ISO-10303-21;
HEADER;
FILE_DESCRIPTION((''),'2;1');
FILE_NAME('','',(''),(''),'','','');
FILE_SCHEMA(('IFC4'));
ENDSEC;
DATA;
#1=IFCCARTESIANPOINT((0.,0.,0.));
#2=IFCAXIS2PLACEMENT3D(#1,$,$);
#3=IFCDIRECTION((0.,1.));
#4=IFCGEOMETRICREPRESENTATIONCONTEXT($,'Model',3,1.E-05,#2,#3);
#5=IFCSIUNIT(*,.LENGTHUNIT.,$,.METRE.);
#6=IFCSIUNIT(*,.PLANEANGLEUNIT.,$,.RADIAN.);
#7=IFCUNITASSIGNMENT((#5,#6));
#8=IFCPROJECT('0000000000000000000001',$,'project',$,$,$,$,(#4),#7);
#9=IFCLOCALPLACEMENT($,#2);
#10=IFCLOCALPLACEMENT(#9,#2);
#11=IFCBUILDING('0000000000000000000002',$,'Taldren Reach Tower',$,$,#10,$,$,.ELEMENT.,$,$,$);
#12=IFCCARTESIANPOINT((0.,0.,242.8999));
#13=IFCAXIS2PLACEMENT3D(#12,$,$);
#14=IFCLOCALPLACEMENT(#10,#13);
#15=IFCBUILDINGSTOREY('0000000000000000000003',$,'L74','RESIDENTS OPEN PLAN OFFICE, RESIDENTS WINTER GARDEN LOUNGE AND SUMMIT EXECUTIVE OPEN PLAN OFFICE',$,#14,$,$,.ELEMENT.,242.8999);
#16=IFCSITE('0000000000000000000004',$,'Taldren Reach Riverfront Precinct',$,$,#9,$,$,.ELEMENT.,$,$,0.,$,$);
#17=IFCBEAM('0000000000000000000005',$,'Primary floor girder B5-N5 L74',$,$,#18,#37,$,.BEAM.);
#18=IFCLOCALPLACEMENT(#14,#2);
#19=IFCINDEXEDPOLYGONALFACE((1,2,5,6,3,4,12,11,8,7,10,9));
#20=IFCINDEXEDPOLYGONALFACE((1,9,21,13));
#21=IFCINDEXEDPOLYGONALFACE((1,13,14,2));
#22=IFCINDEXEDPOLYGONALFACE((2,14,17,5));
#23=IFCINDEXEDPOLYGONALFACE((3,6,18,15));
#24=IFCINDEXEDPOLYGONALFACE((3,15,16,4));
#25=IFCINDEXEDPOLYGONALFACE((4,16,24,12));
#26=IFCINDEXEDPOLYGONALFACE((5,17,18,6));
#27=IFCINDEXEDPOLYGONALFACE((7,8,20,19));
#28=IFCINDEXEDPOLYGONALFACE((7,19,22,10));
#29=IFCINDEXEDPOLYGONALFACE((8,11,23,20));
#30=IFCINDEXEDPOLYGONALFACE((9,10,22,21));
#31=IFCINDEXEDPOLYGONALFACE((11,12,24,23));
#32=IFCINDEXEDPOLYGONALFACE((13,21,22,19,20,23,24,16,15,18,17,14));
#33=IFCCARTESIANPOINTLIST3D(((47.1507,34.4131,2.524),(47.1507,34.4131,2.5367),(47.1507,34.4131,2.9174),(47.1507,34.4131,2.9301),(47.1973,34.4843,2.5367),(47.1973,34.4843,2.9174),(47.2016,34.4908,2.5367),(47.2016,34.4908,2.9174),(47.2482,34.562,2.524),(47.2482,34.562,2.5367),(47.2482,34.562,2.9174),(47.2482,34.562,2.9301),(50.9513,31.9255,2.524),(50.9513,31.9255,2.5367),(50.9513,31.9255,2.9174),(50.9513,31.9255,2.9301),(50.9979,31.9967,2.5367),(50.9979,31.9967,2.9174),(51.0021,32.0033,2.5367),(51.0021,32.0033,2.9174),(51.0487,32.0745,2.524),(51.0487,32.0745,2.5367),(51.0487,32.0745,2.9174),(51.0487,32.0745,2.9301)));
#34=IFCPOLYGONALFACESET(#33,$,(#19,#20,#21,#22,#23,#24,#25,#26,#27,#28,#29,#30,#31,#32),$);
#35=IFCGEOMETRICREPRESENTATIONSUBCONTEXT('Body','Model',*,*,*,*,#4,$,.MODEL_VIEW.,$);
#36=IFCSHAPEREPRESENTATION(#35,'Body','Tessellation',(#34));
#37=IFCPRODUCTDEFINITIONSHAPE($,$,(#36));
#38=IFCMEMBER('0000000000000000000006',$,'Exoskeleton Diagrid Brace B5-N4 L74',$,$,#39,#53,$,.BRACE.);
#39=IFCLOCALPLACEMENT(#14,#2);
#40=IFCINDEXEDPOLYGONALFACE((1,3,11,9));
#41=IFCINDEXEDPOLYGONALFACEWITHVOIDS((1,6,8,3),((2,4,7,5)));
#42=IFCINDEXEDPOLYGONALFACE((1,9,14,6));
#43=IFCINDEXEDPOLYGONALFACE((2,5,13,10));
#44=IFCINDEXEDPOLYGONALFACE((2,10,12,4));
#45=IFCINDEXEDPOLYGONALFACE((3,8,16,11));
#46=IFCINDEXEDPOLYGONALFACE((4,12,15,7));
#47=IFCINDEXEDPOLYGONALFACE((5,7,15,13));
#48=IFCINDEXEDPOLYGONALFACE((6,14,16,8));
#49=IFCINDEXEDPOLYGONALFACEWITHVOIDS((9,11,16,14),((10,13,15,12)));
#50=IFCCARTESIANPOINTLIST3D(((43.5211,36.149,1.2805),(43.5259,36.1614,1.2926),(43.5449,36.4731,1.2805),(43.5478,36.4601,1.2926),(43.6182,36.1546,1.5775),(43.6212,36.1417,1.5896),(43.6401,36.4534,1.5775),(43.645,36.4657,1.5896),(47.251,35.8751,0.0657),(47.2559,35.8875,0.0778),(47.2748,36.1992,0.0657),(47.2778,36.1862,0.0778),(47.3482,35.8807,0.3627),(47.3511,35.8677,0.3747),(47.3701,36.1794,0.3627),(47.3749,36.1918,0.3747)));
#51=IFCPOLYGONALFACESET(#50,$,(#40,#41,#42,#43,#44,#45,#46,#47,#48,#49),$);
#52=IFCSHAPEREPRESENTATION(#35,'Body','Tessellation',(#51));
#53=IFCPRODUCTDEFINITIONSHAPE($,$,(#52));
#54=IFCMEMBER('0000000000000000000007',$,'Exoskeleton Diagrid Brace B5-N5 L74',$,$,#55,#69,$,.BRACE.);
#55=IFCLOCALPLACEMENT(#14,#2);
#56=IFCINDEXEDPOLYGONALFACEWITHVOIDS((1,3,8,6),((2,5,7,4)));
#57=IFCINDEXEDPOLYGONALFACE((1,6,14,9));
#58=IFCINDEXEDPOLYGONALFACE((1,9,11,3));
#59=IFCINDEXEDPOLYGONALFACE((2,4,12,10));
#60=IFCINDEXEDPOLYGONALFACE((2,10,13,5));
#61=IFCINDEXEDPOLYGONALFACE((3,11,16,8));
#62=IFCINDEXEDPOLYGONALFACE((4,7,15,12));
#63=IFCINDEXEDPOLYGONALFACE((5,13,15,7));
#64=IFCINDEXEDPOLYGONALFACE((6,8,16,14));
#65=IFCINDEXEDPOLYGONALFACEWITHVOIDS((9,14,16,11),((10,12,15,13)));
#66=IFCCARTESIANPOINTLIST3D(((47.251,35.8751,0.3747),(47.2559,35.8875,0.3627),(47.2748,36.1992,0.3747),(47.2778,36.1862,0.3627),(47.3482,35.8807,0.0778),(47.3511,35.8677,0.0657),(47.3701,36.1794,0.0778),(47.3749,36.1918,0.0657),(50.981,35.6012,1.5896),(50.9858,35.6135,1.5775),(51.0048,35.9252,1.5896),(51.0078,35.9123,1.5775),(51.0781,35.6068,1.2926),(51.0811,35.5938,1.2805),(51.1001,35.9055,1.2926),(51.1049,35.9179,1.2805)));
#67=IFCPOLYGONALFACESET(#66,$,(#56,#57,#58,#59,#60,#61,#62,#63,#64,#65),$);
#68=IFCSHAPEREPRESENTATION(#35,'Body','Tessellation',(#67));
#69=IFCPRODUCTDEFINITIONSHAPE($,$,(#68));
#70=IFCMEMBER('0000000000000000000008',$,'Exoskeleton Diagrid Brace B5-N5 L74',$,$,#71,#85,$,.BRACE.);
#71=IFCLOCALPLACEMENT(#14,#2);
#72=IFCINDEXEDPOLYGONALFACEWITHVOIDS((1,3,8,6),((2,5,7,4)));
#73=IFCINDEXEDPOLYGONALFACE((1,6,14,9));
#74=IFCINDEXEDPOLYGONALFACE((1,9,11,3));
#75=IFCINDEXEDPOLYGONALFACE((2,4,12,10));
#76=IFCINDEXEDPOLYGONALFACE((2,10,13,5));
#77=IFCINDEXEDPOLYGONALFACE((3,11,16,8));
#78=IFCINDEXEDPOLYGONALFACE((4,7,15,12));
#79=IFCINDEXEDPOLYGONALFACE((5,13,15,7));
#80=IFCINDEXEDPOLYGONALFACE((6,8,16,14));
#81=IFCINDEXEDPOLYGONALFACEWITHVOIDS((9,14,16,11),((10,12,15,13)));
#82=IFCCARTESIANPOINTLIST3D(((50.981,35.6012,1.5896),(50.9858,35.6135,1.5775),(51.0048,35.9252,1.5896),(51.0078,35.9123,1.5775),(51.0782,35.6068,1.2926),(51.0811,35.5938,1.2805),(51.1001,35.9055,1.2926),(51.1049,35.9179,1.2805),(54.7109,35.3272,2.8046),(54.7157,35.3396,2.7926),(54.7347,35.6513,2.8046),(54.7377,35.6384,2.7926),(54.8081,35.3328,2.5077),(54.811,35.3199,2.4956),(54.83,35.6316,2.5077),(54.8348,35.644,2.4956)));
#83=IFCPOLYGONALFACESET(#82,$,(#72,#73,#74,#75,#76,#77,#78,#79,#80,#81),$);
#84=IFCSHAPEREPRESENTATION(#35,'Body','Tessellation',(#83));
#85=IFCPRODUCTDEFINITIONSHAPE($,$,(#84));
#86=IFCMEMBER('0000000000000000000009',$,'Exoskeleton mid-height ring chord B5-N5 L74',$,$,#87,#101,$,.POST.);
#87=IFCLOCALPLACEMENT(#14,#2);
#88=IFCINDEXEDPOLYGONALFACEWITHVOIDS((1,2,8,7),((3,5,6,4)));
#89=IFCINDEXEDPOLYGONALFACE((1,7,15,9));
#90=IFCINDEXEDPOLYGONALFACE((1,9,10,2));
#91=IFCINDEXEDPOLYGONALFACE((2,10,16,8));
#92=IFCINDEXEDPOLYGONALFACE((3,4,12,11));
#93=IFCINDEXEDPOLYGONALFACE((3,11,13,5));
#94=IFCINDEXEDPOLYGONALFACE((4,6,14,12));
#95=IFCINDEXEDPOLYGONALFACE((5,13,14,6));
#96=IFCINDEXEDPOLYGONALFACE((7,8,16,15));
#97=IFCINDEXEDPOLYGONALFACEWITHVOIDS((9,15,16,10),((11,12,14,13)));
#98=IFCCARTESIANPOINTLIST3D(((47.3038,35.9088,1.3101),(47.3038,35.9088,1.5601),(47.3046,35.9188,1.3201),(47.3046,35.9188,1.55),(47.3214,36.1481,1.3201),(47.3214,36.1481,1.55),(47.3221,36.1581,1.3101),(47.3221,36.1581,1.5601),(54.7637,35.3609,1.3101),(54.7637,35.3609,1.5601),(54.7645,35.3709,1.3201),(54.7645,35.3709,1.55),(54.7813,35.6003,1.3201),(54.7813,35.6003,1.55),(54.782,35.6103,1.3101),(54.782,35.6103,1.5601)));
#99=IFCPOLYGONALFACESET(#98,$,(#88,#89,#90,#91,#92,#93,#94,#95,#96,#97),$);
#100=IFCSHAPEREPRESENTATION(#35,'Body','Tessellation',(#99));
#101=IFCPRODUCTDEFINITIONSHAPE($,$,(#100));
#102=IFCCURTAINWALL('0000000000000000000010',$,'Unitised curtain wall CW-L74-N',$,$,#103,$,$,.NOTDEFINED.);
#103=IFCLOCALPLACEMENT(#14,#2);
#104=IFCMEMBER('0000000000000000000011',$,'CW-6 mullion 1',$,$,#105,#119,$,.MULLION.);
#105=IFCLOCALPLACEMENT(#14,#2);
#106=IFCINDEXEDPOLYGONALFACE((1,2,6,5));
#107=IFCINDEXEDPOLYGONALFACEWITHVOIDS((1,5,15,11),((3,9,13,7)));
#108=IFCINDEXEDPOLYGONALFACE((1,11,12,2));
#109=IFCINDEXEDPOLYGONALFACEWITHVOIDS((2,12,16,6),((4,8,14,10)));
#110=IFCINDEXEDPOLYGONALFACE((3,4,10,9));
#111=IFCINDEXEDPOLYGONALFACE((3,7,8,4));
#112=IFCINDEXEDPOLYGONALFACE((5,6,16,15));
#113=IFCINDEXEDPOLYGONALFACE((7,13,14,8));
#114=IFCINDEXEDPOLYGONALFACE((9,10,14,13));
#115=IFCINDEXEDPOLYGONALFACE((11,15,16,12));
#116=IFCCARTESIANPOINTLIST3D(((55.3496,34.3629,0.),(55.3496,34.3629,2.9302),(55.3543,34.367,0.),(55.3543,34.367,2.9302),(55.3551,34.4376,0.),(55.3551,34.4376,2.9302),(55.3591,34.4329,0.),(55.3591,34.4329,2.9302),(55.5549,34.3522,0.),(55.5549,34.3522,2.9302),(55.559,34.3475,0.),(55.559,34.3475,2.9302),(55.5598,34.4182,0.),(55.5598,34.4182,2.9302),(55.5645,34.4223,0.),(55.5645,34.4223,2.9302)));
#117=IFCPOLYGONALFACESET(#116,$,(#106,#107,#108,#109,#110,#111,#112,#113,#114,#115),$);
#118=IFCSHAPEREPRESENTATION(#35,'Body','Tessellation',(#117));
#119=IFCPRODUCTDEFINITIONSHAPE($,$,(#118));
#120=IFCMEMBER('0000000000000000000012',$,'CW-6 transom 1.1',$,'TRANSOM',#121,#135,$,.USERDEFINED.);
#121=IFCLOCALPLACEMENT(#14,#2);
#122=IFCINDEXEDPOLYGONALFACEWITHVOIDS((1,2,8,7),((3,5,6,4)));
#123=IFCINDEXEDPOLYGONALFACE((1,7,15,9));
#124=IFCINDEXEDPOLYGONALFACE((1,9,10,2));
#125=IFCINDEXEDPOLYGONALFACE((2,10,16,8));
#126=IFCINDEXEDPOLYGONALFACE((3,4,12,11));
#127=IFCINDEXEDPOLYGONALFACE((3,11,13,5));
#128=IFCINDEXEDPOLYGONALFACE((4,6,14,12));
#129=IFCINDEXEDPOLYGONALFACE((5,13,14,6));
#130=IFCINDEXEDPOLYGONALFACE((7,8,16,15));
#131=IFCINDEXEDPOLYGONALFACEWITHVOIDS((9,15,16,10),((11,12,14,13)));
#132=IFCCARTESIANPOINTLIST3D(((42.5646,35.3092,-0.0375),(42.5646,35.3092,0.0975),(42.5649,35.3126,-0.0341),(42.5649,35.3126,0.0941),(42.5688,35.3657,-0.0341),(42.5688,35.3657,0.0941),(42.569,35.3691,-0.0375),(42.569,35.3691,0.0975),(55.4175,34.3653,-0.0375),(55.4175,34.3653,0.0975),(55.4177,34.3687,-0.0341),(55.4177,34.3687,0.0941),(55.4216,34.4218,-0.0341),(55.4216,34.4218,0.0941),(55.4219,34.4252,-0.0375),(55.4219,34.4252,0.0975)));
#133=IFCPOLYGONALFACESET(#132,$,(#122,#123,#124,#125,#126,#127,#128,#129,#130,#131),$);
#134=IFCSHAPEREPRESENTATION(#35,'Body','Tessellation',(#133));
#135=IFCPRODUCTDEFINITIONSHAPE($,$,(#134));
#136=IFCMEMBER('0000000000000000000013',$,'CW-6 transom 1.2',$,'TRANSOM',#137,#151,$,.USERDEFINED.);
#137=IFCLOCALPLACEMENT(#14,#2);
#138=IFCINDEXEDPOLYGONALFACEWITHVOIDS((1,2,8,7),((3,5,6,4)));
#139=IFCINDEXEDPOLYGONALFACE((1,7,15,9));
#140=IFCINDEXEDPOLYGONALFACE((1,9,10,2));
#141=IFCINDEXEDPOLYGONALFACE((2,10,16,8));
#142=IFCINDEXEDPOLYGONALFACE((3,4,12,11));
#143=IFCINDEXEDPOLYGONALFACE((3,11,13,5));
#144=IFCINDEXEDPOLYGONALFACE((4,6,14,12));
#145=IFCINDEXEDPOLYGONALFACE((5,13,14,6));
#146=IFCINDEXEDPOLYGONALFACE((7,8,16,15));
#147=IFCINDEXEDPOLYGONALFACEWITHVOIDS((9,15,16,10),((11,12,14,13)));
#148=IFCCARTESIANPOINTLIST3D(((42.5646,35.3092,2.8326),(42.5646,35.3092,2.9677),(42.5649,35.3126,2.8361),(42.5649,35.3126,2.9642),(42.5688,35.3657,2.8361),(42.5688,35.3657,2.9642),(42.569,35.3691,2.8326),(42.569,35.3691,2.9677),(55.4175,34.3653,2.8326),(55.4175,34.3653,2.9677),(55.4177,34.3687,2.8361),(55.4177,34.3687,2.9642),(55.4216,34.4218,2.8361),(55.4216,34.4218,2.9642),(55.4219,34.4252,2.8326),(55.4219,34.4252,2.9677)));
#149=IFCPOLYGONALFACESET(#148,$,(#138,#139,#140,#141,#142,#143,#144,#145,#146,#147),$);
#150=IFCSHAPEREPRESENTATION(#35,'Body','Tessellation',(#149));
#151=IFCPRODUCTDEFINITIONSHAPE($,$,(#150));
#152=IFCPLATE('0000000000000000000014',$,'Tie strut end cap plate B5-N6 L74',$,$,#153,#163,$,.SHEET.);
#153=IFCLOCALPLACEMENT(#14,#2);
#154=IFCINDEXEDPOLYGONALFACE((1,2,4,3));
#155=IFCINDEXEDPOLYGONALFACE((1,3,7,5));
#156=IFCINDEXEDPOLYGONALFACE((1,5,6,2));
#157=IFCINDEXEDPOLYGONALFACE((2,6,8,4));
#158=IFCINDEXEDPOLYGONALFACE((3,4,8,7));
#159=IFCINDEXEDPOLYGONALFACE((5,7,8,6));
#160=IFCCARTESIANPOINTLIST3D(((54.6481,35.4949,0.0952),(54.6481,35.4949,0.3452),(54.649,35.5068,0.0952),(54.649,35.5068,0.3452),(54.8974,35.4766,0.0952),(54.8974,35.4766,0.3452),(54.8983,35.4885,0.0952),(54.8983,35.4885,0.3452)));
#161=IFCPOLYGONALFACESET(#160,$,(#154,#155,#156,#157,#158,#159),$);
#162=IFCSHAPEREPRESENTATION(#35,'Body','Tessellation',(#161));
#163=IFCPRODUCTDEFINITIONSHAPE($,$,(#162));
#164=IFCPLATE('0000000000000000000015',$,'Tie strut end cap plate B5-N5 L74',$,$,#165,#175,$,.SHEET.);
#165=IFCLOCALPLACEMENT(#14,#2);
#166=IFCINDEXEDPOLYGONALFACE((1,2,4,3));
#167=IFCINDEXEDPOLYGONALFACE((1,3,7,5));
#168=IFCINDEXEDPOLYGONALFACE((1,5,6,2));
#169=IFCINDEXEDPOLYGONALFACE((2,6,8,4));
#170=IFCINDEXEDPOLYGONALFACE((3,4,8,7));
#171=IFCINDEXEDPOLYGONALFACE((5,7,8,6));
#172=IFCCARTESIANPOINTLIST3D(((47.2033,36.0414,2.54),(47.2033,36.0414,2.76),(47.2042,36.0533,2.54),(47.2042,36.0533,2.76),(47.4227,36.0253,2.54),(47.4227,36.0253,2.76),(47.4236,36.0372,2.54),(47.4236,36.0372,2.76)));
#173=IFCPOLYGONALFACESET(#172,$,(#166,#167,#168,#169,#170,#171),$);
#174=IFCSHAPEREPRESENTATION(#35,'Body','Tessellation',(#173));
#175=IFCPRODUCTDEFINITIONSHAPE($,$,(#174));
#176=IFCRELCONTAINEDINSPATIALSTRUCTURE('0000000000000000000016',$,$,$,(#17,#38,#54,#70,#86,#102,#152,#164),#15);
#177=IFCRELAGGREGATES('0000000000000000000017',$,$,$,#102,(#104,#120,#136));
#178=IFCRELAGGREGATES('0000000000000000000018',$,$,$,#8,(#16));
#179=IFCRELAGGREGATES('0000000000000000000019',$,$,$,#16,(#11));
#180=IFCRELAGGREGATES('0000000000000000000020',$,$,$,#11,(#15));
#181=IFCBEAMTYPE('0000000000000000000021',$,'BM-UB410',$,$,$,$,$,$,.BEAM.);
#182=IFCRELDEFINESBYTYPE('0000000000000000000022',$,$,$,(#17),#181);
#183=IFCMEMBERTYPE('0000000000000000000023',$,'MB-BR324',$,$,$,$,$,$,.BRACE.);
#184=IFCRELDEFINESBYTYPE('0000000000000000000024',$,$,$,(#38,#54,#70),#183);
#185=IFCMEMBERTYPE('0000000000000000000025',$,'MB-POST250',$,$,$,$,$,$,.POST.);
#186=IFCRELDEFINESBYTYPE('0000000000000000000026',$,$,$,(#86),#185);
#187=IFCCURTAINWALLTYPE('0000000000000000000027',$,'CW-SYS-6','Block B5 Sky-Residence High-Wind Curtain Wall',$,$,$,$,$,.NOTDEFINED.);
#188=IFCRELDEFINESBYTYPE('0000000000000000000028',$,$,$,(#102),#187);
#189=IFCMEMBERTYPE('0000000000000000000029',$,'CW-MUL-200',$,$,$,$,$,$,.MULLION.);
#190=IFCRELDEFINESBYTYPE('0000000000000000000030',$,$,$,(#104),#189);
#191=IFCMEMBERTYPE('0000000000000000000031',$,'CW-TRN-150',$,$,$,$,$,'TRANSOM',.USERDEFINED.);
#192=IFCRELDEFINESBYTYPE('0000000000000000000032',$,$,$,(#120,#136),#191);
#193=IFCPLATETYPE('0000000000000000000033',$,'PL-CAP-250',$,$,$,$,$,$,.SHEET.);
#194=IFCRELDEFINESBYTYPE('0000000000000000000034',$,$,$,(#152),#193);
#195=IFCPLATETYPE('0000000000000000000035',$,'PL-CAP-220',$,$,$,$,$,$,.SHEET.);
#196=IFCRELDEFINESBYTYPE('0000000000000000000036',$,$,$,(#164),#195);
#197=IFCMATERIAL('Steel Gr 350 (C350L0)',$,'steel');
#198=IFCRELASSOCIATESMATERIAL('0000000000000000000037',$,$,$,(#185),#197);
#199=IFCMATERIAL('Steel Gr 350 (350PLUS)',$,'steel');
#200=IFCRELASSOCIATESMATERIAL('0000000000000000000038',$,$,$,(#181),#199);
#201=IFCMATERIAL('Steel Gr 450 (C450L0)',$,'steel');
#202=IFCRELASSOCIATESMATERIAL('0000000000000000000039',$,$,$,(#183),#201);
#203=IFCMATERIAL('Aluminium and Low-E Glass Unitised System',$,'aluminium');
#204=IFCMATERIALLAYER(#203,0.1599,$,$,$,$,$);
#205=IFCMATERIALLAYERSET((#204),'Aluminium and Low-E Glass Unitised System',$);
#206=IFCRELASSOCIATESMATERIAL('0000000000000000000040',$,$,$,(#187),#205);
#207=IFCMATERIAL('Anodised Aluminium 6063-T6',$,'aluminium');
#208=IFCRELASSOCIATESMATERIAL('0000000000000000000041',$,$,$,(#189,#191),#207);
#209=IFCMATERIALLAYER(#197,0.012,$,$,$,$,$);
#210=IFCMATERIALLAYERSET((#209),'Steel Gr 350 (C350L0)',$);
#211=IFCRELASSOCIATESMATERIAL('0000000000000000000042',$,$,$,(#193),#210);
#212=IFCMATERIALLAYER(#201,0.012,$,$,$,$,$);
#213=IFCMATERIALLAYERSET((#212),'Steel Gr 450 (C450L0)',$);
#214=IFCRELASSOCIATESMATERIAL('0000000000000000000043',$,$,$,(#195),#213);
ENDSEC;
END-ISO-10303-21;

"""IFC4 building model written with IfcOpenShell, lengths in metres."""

from ifc_helpers import new_model, si_unit, direction, frame, origin, origin_2d, place, context, subcontext, project, spatial, rectangle, hollow_rectangle, i_section, extrude, source, transform, mapped, material, layer, layer_set, material_profile, profile_set, type_object, element, aggregate, save


model = new_model("IFC4")

# Units and contexts
model_context = context("Model", 3, precision=1e-05, world=origin(), true_north=direction((0.0, 1.0)))
body_context = subcontext(model_context, "Body", "Model", "MODEL_VIEW")
ifc_project = project(units=[si_unit("LENGTHUNIT", "METRE"), si_unit("PLANEANGLEUNIT", "RADIAN")], contexts=[model_context])

# Site, building, storey
site_placement = place(None, origin())
site = spatial("IfcSite", under=ifc_project, at=site_placement, Name="Taldren Reach Riverfront Precinct", CompositionType="ELEMENT", RefElevation=0.0)
building_placement = place(site_placement, origin())
building = spatial("IfcBuilding", under=site, at=building_placement, Name="Taldren Reach Tower", CompositionType="ELEMENT")
storey_placement = place(building_placement, frame((0.0, 0.0, 242.8999)))
storey = spatial("IfcBuildingStorey", under=building, at=storey_placement, Name="L74", Description="RESIDENTS OPEN PLAN OFFICE, RESIDENTS WINTER GARDEN LOUNGE AND SUMMIT EXECUTIVE OPEN PLAN OFFICE", CompositionType="ELEMENT", Elevation=242.8999)

# Shared definitions
ifc_material_1 = material(Name="Steel Gr 350 (C350L0)", Category="steel")
ifc_material_2 = material(Name="Steel Gr 350 (350PLUS)", Category="steel")

# Shared definitions
ifc_material_profile_1 = material_profile(ifc_material_1, hollow_rectangle(XDim=0.25, YDim=0.25, WallThickness=0.01, at=origin_2d()), Name="250x250x10.0SHS")
ifc_profile_set_1 = profile_set([ifc_material_profile_1], Name="Steel Gr 350 (C350L0)")
member_type_1 = type_object("IfcMemberType", Name="MB-POST250", PredefinedType="POST", material=ifc_profile_set_1)
ifc_material_3 = material(Name="Steel Gr 450 (C450L0)", Category="steel")

# Beam
ifc_material_profile_2 = material_profile(ifc_material_2, i_section(OverallWidth=0.178, OverallDepth=0.406, WebThickness=0.0078, FlangeThickness=0.0127, at=origin_2d()), Name="410UB59.7")
ifc_profile_set_2 = profile_set([ifc_material_profile_2], Name="Steel Gr 350 (350PLUS)")
beam_type_1 = type_object("IfcBeamType", Name="BM-UB410", PredefinedType="BEAM", material=ifc_profile_set_2)
shared_shape_1 = source(origin(), body_context, "Body", "SweptSolid", [
    extrude(i_section(OverallWidth=0.178, OverallDepth=0.406, WebThickness=0.0078, FlangeThickness=0.0127, at=origin_2d()), origin(), (0.0, 0.0, 1.0), 4.5422),
])
beam_placement = place(storey_placement, frame((51.0, 32.0, 2.7271), z_axis=(-0.836709, 0.547648, 0.0), x_axis=(-0.547648, -0.836709, 0.0)))
element("IfcBeam", 1, at=beam_placement, inside=storey, type_object=beam_type_1, Name="Primary floor girder B5-N5 L74", PredefinedType="BEAM", context=body_context, shape_type="MappedRepresentation", body=[
    mapped(shared_shape_1, transform((0.0, 0.0, 0.0), scale=1.0)),
])

# Members
ifc_material_profile_3 = material_profile(ifc_material_3, hollow_rectangle(XDim=0.325, YDim=0.325, WallThickness=0.0127, at=origin_2d()), Name="325x325x12.7SHS")
ifc_profile_set_3 = profile_set([ifc_material_profile_3], Name="Steel Gr 450 (C450L0)")
member_type_2 = type_object("IfcMemberType", Name="MB-BR324", PredefinedType="BRACE", material=ifc_profile_set_3)
shared_shape_2 = source(origin(), body_context, "Body", "SweptSolid", [
    extrude(hollow_rectangle(XDim=0.325, YDim=0.325, WallThickness=0.0127, at=origin_2d()), origin(), (0.0, 0.0, 1.0), 3.9324),
])
for number, where, z_axis, x_axis, name in (
    (2, (47.313, 36.0334, 0.2202), (-0.948529, 0.069659, 0.308933), (-0.073242, -0.997314, 0.0), "Exoskeleton Diagrid Brace B5-N4 L74"),
    (3, (47.313, 36.0334, 0.2202), (0.948529, -0.069659, 0.308933), (0.073242, 0.997314, 0.0), "Exoskeleton Diagrid Brace B5-N5 L74"),
    (4, (51.043, 35.7595, 1.4351), (0.948511, -0.069658, 0.308989), (0.073242, 0.997314, 0.0), "Exoskeleton Diagrid Brace B5-N5 L74"),
):
    element("IfcMember", number, at=place(storey_placement, frame(where, z_axis=z_axis, x_axis=x_axis)), inside=storey, type_object=member_type_2, Name=name, PredefinedType="BRACE", context=body_context, shape_type="MappedRepresentation", body=[
        mapped(shared_shape_2, transform((0.0, 0.0, 0.0), scale=1.0)),
    ])
shared_shape_3 = source(origin(), body_context, "Body", "SweptSolid", [
    extrude(hollow_rectangle(XDim=0.25, YDim=0.25, WallThickness=0.01, at=origin_2d()), origin(), (0.0, 0.0, 1.0), 7.48),
])
member_1_placement = place(storey_placement, frame((47.313, 36.0334, 1.4351), z_axis=(0.997314, -0.073242, 0.0), x_axis=(0.073242, 0.997314, 0.0)))
element("IfcMember", 5, at=member_1_placement, inside=storey, type_object=member_type_1, Name="Exoskeleton mid-height ring chord B5-N5 L74", PredefinedType="POST", context=body_context, shape_type="MappedRepresentation", body=[
    mapped(shared_shape_3, transform((0.0, 0.0, 0.0), scale=1.0)),
])

# Curtain wall, members
ifc_material_4 = material(Name="Aluminium and Low-E Glass Unitised System", Category="aluminium")
ifc_layer_1 = layer(ifc_material_4, 0.1599)
ifc_layer_set_1 = layer_set([ifc_layer_1], Name="Aluminium and Low-E Glass Unitised System")
curtain_wall_type = type_object("IfcCurtainWallType", Name="CW-SYS-6", Description="Block B5 Sky-Residence High-Wind Curtain Wall", PredefinedType="NOTDEFINED", material=ifc_layer_set_1)
curtain_wall_placement = place(storey_placement, origin())
curtain_wall = element("IfcCurtainWall", 6, at=curtain_wall_placement, inside=storey, type_object=curtain_wall_type, Name="Unitised curtain wall CW-L74-N", PredefinedType="NOTDEFINED")
ifc_material_5 = material(Name="Anodised Aluminium 6063-T6", Category="aluminium")
ifc_material_profile_4 = material_profile(ifc_material_5, hollow_rectangle(XDim=0.075, YDim=0.21, WallThickness=0.0044, at=origin_2d()), Name="ALU-210x75x4.5RHS")
ifc_profile_set_4 = profile_set([ifc_material_profile_4], Name="Anodised Aluminium 6063-T6")
member_type_3 = type_object("IfcMemberType", Name="CW-MUL-200", PredefinedType="MULLION", material=ifc_profile_set_4)
shared_shape_4 = source(origin(), body_context, "Body", "SweptSolid", [
    extrude(hollow_rectangle(XDim=0.075, YDim=0.21, WallThickness=0.0044, at=origin_2d()), origin(), (0.0, 0.0, 1.0), 2.9302),
])
member_2_placement = place(storey_placement, frame((55.457, 34.3926, 0.0), z_axis=(0.0, 0.0, 1.0), x_axis=(-0.073238, -0.997314, 0.0)))
member_2 = element("IfcMember", 7, at=member_2_placement, type_object=member_type_3, Name="CW-6 mullion 1", PredefinedType="MULLION", context=body_context, shape_type="MappedRepresentation", body=[
    mapped(shared_shape_4, transform((0.0, 0.0, 0.0), scale=1.0)),
])
ifc_material_profile_5 = material_profile(ifc_material_5, hollow_rectangle(XDim=0.0601, YDim=0.135, WallThickness=0.0034, at=origin_2d()), Name="ALU-135x60x3.5RHS")
ifc_profile_set_5 = profile_set([ifc_material_profile_5], Name="Anodised Aluminium 6063-T6")
member_type_4 = type_object("IfcMemberType", Name="CW-TRN-150", ElementType="TRANSOM", PredefinedType="USERDEFINED", material=ifc_profile_set_5)
shared_shape_5 = source(origin(), body_context, "Body", "SweptSolid", [
    extrude(hollow_rectangle(XDim=0.0601, YDim=0.135, WallThickness=0.0034, at=origin_2d()), origin(), (0.0, 0.0, 1.0), 12.8875),
])
member_3_placement = place(storey_placement, frame((55.4197, 34.3953, 0.03), z_axis=(-0.997314, 0.073238, 0.0), x_axis=(-0.073238, -0.997314, 0.0)))
member_3 = element("IfcMember", 8, at=member_3_placement, type_object=member_type_4, Name="CW-6 transom 1.1", ObjectType="TRANSOM", PredefinedType="USERDEFINED", context=body_context, shape_type="MappedRepresentation", body=[
    mapped(shared_shape_5, transform((0.0, 0.0, 0.0), scale=1.0)),
])
member_4_placement = place(storey_placement, frame((55.4197, 34.3953, 2.9001), z_axis=(-0.997314, 0.073238, 0.0), x_axis=(-0.073238, -0.997314, 0.0)))
member_4 = element("IfcMember", 9, at=member_4_placement, type_object=member_type_4, Name="CW-6 transom 1.2", ObjectType="TRANSOM", PredefinedType="USERDEFINED", context=body_context, shape_type="MappedRepresentation", body=[
    mapped(shared_shape_5, transform((0.0, 0.0, 0.0), scale=1.0)),
])

# Plates
ifc_layer_2 = layer(ifc_material_1, 0.012)
ifc_layer_set_2 = layer_set([ifc_layer_2], Name="Steel Gr 350 (C350L0)")
plate_type_1 = type_object("IfcPlateType", Name="PL-CAP-250", PredefinedType="SHEET", material=ifc_layer_set_2)
shared_shape_6 = source(origin(), body_context, "Body", "SweptSolid", [
    extrude(rectangle(XDim=0.25, YDim=0.012, at=origin_2d()), origin(), (0.0, 0.0, 1.0), 0.25),
])
plate_1_placement = place(storey_placement, frame((54.7732, 35.4917, 0.0952), z_axis=(0.0, 0.0, 1.0), x_axis=(0.997314, -0.073238, 0.0)))
element("IfcPlate", 10, at=plate_1_placement, inside=storey, type_object=plate_type_1, Name="Tie strut end cap plate B5-N6 L74", PredefinedType="SHEET", context=body_context, shape_type="MappedRepresentation", body=[
    mapped(shared_shape_6, transform((0.0, 0.0, 0.0), scale=1.0)),
])
ifc_layer_3 = layer(ifc_material_3, 0.012)
ifc_layer_set_3 = layer_set([ifc_layer_3], Name="Steel Gr 450 (C450L0)")
plate_type_2 = type_object("IfcPlateType", Name="PL-CAP-220", PredefinedType="SHEET", material=ifc_layer_set_3)
shared_shape_7 = source(origin(), body_context, "Body", "SweptSolid", [
    extrude(rectangle(XDim=0.22, YDim=0.012, at=origin_2d()), origin(), (0.0, 0.0, 1.0), 0.22),
])
plate_2_placement = place(storey_placement, frame((47.3135, 36.0393, 2.54), z_axis=(0.0, 0.0, 1.0), x_axis=(0.997314, -0.073238, 0.0)))
element("IfcPlate", 11, at=plate_2_placement, inside=storey, type_object=plate_type_2, Name="Tie strut end cap plate B5-N5 L74", PredefinedType="SHEET", context=body_context, shape_type="MappedRepresentation", body=[
    mapped(shared_shape_7, transform((0.0, 0.0, 0.0), scale=1.0)),
])

aggregate(curtain_wall, [member_2, member_3, member_4])

save(model, "model.ifc")
